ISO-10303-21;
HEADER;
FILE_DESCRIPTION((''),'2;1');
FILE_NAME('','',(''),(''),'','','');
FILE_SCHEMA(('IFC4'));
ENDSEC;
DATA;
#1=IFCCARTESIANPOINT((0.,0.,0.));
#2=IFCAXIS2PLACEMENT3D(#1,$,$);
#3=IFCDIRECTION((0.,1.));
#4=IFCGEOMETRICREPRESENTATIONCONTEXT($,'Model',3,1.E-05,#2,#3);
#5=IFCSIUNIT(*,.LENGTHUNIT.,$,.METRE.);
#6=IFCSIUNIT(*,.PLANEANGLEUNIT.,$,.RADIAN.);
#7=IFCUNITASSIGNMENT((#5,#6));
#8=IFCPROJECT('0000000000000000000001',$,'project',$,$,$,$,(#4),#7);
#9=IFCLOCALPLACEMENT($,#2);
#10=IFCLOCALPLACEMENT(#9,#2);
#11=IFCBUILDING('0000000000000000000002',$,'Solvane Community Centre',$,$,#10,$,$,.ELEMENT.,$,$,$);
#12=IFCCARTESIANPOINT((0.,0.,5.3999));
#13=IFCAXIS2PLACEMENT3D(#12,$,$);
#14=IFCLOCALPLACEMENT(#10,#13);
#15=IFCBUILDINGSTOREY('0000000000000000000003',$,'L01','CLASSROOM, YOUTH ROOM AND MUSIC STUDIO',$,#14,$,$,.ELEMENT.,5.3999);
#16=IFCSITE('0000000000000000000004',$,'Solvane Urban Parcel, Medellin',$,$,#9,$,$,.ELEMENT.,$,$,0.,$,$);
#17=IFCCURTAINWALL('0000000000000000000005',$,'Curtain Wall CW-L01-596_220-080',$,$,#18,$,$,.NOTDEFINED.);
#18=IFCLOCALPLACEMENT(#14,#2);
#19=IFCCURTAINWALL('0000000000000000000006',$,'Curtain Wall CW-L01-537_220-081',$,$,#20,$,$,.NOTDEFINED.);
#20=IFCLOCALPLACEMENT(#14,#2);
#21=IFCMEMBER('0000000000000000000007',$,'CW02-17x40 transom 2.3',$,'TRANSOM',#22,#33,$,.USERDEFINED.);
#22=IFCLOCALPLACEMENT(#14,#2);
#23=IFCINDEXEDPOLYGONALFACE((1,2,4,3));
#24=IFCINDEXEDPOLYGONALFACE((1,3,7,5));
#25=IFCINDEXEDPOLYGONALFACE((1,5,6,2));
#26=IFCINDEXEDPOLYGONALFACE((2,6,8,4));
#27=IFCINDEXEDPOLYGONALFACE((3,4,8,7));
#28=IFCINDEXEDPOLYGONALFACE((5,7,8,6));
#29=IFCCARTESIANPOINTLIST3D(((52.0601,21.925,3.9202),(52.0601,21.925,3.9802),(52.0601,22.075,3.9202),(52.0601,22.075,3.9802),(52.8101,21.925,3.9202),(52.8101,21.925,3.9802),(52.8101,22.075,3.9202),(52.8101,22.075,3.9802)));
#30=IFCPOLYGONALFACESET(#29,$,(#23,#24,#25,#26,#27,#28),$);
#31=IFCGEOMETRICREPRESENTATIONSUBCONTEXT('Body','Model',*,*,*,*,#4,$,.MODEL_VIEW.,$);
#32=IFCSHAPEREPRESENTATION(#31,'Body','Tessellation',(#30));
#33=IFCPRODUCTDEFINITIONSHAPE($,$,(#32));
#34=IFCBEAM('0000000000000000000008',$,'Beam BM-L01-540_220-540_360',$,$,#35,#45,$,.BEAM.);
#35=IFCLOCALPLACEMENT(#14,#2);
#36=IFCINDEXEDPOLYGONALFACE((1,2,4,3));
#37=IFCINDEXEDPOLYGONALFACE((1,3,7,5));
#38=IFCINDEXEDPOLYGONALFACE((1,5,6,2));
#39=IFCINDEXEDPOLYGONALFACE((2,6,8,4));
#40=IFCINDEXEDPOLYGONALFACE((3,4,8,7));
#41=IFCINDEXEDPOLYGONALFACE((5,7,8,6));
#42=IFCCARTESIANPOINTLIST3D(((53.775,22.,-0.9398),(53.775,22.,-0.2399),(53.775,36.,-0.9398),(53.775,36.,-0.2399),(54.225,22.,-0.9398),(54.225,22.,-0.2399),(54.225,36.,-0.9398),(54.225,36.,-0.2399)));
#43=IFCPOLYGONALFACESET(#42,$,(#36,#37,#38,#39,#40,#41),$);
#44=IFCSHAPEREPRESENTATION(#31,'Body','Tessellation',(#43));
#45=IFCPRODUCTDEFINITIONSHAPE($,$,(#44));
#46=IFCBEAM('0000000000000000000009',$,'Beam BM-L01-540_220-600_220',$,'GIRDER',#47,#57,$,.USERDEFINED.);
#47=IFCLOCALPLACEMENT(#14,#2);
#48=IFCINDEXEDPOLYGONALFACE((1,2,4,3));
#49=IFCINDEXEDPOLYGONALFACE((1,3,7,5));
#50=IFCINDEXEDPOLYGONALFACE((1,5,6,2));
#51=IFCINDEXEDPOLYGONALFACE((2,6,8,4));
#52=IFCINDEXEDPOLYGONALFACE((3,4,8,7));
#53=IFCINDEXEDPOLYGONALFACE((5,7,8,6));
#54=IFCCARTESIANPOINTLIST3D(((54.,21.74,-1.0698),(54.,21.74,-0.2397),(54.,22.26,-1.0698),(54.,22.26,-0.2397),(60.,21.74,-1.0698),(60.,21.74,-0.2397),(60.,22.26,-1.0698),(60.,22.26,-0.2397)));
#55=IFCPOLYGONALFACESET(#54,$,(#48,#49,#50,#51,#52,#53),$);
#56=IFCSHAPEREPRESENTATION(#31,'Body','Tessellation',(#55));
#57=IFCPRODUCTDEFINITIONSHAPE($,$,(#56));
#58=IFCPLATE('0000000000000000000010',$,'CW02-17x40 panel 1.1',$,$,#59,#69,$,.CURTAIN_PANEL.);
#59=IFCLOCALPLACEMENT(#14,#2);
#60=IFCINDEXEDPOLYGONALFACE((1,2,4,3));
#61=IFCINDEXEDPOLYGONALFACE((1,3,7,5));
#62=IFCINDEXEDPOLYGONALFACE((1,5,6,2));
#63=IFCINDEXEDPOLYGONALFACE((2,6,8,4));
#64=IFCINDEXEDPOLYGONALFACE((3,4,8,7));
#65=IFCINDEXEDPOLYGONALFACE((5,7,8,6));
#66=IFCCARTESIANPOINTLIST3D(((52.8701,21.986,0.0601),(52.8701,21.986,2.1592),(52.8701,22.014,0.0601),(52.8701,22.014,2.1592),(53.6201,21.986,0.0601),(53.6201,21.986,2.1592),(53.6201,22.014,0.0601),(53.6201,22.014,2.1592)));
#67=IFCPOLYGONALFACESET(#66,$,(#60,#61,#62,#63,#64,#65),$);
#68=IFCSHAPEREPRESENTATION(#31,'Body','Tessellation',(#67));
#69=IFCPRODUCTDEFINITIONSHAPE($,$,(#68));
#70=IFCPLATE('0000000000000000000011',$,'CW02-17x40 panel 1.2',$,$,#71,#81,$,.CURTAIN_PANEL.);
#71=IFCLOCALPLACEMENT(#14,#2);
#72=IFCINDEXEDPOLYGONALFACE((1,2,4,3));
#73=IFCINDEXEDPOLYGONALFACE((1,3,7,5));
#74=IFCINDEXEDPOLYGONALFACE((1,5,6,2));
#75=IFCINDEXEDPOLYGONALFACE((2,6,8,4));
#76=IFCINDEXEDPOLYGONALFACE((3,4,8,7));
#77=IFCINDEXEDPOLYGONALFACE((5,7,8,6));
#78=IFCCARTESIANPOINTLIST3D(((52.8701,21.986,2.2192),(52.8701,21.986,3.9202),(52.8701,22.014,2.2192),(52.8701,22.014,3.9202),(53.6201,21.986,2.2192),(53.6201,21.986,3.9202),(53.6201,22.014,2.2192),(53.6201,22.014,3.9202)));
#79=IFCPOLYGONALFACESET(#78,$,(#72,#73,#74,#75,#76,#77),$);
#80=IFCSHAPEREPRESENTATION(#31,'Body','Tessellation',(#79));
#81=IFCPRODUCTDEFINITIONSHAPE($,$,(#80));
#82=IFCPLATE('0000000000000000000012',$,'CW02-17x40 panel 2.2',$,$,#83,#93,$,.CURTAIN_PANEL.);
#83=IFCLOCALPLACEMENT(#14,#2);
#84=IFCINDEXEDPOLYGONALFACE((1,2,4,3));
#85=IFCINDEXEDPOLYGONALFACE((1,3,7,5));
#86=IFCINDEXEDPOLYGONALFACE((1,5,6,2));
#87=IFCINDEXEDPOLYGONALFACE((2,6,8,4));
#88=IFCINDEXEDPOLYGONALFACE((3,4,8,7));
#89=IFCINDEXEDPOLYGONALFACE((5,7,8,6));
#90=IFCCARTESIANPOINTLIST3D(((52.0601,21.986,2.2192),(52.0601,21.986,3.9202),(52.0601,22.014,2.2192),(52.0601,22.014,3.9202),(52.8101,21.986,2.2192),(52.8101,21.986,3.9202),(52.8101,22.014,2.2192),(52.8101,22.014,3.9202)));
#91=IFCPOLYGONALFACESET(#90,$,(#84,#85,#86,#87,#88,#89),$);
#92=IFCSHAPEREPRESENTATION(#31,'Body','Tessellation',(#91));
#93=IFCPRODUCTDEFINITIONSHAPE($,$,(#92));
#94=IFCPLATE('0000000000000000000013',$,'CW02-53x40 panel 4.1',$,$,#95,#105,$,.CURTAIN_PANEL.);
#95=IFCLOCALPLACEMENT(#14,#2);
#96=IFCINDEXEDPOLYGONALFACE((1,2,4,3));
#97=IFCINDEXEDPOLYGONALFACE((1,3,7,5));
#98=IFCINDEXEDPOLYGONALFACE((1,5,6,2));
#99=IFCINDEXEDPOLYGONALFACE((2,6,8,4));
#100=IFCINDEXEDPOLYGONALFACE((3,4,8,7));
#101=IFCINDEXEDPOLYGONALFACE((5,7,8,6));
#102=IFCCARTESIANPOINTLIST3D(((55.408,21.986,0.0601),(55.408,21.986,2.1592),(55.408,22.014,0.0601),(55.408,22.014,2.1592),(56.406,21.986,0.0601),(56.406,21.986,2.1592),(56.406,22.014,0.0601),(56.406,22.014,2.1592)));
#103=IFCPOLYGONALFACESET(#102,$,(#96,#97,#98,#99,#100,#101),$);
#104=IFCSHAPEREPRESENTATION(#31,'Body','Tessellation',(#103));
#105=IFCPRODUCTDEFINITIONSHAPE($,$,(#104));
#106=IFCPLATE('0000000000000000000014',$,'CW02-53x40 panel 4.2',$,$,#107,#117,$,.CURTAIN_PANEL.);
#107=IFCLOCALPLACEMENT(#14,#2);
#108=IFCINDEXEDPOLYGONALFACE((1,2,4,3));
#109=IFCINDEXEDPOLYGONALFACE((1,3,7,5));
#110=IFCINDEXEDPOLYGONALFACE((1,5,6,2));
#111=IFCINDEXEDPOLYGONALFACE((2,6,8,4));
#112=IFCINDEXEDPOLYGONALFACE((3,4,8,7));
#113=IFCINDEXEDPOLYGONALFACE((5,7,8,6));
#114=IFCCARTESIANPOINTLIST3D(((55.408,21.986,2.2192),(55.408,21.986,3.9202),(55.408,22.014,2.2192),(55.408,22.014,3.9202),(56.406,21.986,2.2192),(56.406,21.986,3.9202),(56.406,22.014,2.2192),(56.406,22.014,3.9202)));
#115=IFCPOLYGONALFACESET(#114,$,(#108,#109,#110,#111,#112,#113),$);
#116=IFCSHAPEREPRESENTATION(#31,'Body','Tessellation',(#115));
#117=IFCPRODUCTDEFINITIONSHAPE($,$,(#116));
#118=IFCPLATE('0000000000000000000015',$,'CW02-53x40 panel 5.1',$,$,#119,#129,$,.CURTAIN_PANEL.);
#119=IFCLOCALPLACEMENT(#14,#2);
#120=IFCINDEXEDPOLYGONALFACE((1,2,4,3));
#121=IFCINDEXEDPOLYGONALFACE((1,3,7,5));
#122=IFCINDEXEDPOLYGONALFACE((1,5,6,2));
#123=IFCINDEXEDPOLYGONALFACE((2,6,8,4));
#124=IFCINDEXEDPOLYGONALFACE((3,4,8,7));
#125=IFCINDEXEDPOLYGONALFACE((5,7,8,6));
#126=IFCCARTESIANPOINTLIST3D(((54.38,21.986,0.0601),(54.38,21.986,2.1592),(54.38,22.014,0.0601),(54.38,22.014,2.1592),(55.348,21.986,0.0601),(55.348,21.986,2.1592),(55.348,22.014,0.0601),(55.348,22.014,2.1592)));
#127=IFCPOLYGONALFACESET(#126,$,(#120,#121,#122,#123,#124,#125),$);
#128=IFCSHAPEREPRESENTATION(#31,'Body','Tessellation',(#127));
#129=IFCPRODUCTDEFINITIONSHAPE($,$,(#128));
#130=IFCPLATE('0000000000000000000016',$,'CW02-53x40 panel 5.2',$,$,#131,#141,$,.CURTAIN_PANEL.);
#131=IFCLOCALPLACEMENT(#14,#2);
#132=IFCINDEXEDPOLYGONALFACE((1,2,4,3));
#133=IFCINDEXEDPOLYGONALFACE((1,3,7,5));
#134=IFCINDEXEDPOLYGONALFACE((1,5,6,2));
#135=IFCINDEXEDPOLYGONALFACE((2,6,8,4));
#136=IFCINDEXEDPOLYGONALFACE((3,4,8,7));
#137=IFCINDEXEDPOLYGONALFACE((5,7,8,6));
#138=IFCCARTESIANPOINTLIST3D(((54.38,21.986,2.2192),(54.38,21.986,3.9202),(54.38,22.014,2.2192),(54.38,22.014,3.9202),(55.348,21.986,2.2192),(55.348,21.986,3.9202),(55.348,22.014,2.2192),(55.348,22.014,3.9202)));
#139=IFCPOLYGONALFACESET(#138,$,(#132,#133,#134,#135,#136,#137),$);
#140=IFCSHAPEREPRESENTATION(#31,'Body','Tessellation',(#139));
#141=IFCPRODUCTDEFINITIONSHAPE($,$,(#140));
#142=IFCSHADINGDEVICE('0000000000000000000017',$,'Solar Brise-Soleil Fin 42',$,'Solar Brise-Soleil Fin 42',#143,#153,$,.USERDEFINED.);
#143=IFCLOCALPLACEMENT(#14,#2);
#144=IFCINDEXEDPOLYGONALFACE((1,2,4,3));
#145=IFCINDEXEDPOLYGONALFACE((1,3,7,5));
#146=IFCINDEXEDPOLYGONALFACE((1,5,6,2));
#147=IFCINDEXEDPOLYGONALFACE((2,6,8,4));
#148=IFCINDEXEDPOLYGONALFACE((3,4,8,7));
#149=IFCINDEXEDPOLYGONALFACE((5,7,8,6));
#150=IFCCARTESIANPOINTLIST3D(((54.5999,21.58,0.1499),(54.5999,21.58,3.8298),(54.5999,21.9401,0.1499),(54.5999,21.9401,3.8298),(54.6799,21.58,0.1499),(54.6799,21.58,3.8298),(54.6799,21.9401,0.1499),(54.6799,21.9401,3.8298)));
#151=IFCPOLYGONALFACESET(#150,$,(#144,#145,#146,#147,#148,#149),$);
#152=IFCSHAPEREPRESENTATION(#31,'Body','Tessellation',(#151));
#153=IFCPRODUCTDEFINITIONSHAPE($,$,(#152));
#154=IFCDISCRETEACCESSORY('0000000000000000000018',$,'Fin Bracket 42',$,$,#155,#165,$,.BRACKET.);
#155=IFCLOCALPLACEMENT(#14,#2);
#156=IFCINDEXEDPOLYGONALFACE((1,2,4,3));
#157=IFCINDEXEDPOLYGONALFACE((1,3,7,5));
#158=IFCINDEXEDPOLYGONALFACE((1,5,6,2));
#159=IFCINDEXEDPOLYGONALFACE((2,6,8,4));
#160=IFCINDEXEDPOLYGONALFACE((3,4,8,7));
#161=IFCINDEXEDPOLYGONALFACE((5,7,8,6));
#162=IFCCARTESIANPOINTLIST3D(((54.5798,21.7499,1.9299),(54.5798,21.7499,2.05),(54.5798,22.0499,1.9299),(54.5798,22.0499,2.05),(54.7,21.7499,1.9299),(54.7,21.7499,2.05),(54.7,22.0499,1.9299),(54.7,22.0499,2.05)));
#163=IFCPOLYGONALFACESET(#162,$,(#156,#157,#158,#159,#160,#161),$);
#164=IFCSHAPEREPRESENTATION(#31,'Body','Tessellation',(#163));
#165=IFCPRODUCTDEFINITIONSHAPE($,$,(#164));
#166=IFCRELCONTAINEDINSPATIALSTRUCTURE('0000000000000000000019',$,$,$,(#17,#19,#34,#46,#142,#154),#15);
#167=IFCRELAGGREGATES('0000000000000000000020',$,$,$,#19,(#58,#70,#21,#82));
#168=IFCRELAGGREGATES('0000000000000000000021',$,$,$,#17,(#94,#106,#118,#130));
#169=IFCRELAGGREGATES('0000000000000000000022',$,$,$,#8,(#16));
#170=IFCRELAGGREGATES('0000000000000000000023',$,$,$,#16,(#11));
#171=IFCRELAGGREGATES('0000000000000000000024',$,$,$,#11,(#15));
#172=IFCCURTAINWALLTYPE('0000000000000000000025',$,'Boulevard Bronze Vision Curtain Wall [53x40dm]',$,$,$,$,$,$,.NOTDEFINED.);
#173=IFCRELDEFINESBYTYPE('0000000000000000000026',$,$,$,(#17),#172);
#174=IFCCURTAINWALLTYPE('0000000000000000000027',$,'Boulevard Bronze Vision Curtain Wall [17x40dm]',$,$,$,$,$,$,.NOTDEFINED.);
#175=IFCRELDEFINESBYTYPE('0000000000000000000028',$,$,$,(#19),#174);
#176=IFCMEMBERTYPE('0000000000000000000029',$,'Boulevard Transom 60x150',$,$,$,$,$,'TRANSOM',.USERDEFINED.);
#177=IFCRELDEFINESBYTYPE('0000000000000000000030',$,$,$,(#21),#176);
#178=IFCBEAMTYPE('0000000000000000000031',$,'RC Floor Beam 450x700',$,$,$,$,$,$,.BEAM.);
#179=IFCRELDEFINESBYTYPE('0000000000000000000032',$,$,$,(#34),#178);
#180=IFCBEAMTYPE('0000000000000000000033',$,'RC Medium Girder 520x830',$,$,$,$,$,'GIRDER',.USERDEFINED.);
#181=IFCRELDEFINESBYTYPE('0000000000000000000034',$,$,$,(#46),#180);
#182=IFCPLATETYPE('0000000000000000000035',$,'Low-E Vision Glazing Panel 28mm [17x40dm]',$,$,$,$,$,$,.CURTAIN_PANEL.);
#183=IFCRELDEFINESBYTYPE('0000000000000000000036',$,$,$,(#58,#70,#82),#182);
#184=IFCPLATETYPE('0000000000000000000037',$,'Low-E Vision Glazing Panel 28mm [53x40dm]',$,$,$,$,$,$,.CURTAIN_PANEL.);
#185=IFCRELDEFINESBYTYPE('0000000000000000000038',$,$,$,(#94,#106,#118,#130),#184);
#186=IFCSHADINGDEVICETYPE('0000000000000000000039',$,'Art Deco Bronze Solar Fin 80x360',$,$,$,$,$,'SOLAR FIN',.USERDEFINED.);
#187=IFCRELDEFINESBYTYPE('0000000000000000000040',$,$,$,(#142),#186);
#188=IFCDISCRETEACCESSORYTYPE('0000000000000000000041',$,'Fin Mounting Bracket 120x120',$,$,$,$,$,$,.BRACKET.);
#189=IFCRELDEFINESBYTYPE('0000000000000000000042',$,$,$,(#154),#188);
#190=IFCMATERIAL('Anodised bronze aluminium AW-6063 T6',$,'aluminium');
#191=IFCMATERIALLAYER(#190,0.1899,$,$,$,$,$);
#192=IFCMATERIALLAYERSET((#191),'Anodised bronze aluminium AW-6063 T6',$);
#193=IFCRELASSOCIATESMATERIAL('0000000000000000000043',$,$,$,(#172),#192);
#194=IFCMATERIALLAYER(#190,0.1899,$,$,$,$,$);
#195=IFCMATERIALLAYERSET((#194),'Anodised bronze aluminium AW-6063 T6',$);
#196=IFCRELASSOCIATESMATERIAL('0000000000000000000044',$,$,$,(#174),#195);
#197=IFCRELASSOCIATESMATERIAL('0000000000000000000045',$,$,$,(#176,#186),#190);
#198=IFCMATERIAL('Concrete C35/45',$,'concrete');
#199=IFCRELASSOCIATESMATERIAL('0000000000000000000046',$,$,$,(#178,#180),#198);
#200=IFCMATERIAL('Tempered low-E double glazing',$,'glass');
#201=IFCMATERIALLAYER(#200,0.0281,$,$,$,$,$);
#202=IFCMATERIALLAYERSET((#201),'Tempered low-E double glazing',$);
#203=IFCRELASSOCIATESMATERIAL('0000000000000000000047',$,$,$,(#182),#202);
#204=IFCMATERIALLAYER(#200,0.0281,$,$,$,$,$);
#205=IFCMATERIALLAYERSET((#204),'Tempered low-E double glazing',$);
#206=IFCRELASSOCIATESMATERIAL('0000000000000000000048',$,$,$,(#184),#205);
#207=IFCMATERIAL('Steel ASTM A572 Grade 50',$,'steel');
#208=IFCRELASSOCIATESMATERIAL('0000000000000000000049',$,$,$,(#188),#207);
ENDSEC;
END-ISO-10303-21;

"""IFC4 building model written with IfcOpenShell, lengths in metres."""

from ifc_helpers import new_model, si_unit, direction, frame, origin, origin_2d, place, context, subcontext, project, spatial, rectangle, extrude, material, layer, layer_set, material_profile, profile_set, type_object, element, aggregate, save


model = new_model("IFC4")

# Units and contexts
model_context = context("Model", 3, precision=1e-05, world=origin(), true_north=direction((0.0, 1.0)))
body_context = subcontext(model_context, "Body", "Model", "MODEL_VIEW")
ifc_project = project(units=[si_unit("LENGTHUNIT", "METRE"), si_unit("PLANEANGLEUNIT", "RADIAN")], contexts=[model_context])

# Site, building, storey
site_placement = place(None, origin())
site = spatial("IfcSite", under=ifc_project, at=site_placement, Name="Solvane Urban Parcel, Medellin", CompositionType="ELEMENT", RefElevation=0.0)
building_placement = place(site_placement, origin())
building = spatial("IfcBuilding", under=site, at=building_placement, Name="Solvane Community Centre", CompositionType="ELEMENT")
storey_placement = place(building_placement, frame((0.0, 0.0, 5.3999)))
storey = spatial("IfcBuildingStorey", under=building, at=storey_placement, Name="L01", Description="CLASSROOM, YOUTH ROOM AND MUSIC STUDIO", CompositionType="ELEMENT", Elevation=5.3999)

# Shared definitions
ifc_material_1 = material(Name="Concrete C35/45", Category="concrete")

# Curtain walls
ifc_material_2 = material(Name="Anodised bronze aluminium AW-6063 T6", Category="aluminium")
ifc_layer_1 = layer(ifc_material_2, 0.1899)
ifc_layer_set_1 = layer_set([ifc_layer_1], Name="Anodised bronze aluminium AW-6063 T6")
curtain_wall_type_1 = type_object("IfcCurtainWallType", Name="Boulevard Bronze Vision Curtain Wall [53x40dm]", PredefinedType="NOTDEFINED", material=ifc_layer_set_1)
curtain_wall_1_placement = place(storey_placement, origin())
curtain_wall_1 = element("IfcCurtainWall", 1, at=curtain_wall_1_placement, inside=storey, type_object=curtain_wall_type_1, Name="Curtain Wall CW-L01-596_220-080", PredefinedType="NOTDEFINED")
ifc_layer_2 = layer(ifc_material_2, 0.1899)
ifc_layer_set_2 = layer_set([ifc_layer_2], Name="Anodised bronze aluminium AW-6063 T6")
curtain_wall_type_2 = type_object("IfcCurtainWallType", Name="Boulevard Bronze Vision Curtain Wall [17x40dm]", PredefinedType="NOTDEFINED", material=ifc_layer_set_2)
curtain_wall_2_placement = place(storey_placement, origin())
curtain_wall_2 = element("IfcCurtainWall", 2, at=curtain_wall_2_placement, inside=storey, type_object=curtain_wall_type_2, Name="Curtain Wall CW-L01-537_220-081", PredefinedType="NOTDEFINED")

# Member
ifc_material_profile_1 = material_profile(ifc_material_2, rectangle(XDim=0.1499, YDim=0.0601, at=origin_2d()), Name="CW-T 60x150")
ifc_profile_set_1 = profile_set([ifc_material_profile_1], Name="Anodised bronze aluminium AW-6063 T6")
member_type_1 = type_object("IfcMemberType", Name="Boulevard Transom 60x150", ElementType="TRANSOM", PredefinedType="USERDEFINED", material=ifc_profile_set_1)
member_1_placement = place(storey_placement, frame((52.8101, 22.0, 3.9502), z_axis=(-1.0, 0.0, 0.0), x_axis=(0.0, -1.0, 0.0)))
member_1 = element("IfcMember", 3, at=member_1_placement, type_object=member_type_1, Name="CW02-17x40 transom 2.3", ObjectType="TRANSOM", PredefinedType="USERDEFINED", context=body_context, shape_type="SweptSolid", body=[
    extrude(rectangle(XDim=0.1499, YDim=0.0601, at=origin_2d()), origin(), (0.0, 0.0, 1.0), 0.75),
])

# Beams
ifc_material_profile_2 = material_profile(ifc_material_1, rectangle(XDim=0.45, YDim=0.7, at=origin_2d()), Name="RC 450x700")
ifc_profile_set_2 = profile_set([ifc_material_profile_2], Name="Concrete C35/45")
beam_type_1 = type_object("IfcBeamType", Name="RC Floor Beam 450x700", PredefinedType="BEAM", material=ifc_profile_set_2)
beam_1_placement = place(storey_placement, frame((54.0, 22.0, -0.5898), z_axis=(0.0, 1.0, 0.0), x_axis=(-1.0, 0.0, 0.0)))
element("IfcBeam", 4, at=beam_1_placement, inside=storey, type_object=beam_type_1, Name="Beam BM-L01-540_220-540_360", PredefinedType="BEAM", context=body_context, shape_type="SweptSolid", body=[
    extrude(rectangle(XDim=0.45, YDim=0.7, at=origin_2d()), origin(), (0.0, 0.0, 1.0), 14.0),
])
ifc_material_profile_3 = material_profile(ifc_material_1, rectangle(XDim=0.52, YDim=0.8301, at=origin_2d()), Name="RC 520x830")
ifc_profile_set_3 = profile_set([ifc_material_profile_3], Name="Concrete C35/45")
beam_type_2 = type_object("IfcBeamType", Name="RC Medium Girder 520x830", ElementType="GIRDER", PredefinedType="USERDEFINED", material=ifc_profile_set_3)
beam_2_placement = place(storey_placement, frame((54.0, 22.0, -0.6548), z_axis=(1.0, 0.0, 0.0), x_axis=(0.0, 1.0, 0.0)))
element("IfcBeam", 5, at=beam_2_placement, inside=storey, type_object=beam_type_2, Name="Beam BM-L01-540_220-600_220", ObjectType="GIRDER", PredefinedType="USERDEFINED", context=body_context, shape_type="SweptSolid", body=[
    extrude(rectangle(XDim=0.52, YDim=0.8301, at=origin_2d()), origin(), (0.0, 0.0, 1.0), 6.0),
])

# Plates
ifc_material_3 = material(Name="Tempered low-E double glazing", Category="glass")
ifc_layer_3 = layer(ifc_material_3, 0.0281)
ifc_layer_set_3 = layer_set([ifc_layer_3], Name="Tempered low-E double glazing")
plate_type_1 = type_object("IfcPlateType", Name="Low-E Vision Glazing Panel 28mm [17x40dm]", PredefinedType="CURTAIN_PANEL", material=ifc_layer_set_3)
plate_1_placement = place(storey_placement, frame((53.2451, 22.0, 0.0601), z_axis=(0.0, 0.0, 1.0), x_axis=(-1.0, 0.0, 0.0)))
plate_1 = element("IfcPlate", 6, at=plate_1_placement, type_object=plate_type_1, Name="CW02-17x40 panel 1.1", PredefinedType="CURTAIN_PANEL", context=body_context, shape_type="SweptSolid", body=[
    extrude(rectangle(XDim=0.75, YDim=0.0281, at=origin_2d()), origin(), (0.0, 0.0, 1.0), 2.0991),
])
plate_2_placement = place(storey_placement, frame((53.2451, 22.0, 2.2192), z_axis=(0.0, 0.0, 1.0), x_axis=(-1.0, 0.0, 0.0)))
plate_2 = element("IfcPlate", 7, at=plate_2_placement, type_object=plate_type_1, Name="CW02-17x40 panel 1.2", PredefinedType="CURTAIN_PANEL", context=body_context, shape_type="SweptSolid", body=[
    extrude(rectangle(XDim=0.75, YDim=0.0281, at=origin_2d()), origin(), (0.0, 0.0, 1.0), 1.7009),
])
plate_3_placement = place(storey_placement, frame((52.4351, 22.0, 2.2192), z_axis=(0.0, 0.0, 1.0), x_axis=(-1.0, 0.0, 0.0)))
plate_3 = element("IfcPlate", 8, at=plate_3_placement, type_object=plate_type_1, Name="CW02-17x40 panel 2.2", PredefinedType="CURTAIN_PANEL", context=body_context, shape_type="SweptSolid", body=[
    extrude(rectangle(XDim=0.75, YDim=0.0281, at=origin_2d()), origin(), (0.0, 0.0, 1.0), 1.7009),
])
aggregate(curtain_wall_2, [plate_1, plate_2, member_1, plate_3])
ifc_layer_4 = layer(ifc_material_3, 0.0281)
ifc_layer_set_4 = layer_set([ifc_layer_4], Name="Tempered low-E double glazing")
plate_type_2 = type_object("IfcPlateType", Name="Low-E Vision Glazing Panel 28mm [53x40dm]", PredefinedType="CURTAIN_PANEL", material=ifc_layer_set_4)
plate_4_placement = place(storey_placement, frame((55.907, 22.0, 0.0601), z_axis=(0.0, 0.0, 1.0), x_axis=(-1.0, 0.0, 0.0)))
plate_4 = element("IfcPlate", 9, at=plate_4_placement, type_object=plate_type_2, Name="CW02-53x40 panel 4.1", PredefinedType="CURTAIN_PANEL", context=body_context, shape_type="SweptSolid", body=[
    extrude(rectangle(XDim=0.998, YDim=0.0281, at=origin_2d()), origin(), (0.0, 0.0, 1.0), 2.0991),
])
plate_5_placement = place(storey_placement, frame((55.907, 22.0, 2.2192), z_axis=(0.0, 0.0, 1.0), x_axis=(-1.0, 0.0, 0.0)))
plate_5 = element("IfcPlate", 10, at=plate_5_placement, type_object=plate_type_2, Name="CW02-53x40 panel 4.2", PredefinedType="CURTAIN_PANEL", context=body_context, shape_type="SweptSolid", body=[
    extrude(rectangle(XDim=0.998, YDim=0.0281, at=origin_2d()), origin(), (0.0, 0.0, 1.0), 1.7009),
])
plate_6_placement = place(storey_placement, frame((54.864, 22.0, 0.0601), z_axis=(0.0, 0.0, 1.0), x_axis=(-1.0, 0.0, 0.0)))
plate_6 = element("IfcPlate", 11, at=plate_6_placement, type_object=plate_type_2, Name="CW02-53x40 panel 5.1", PredefinedType="CURTAIN_PANEL", context=body_context, shape_type="SweptSolid", body=[
    extrude(rectangle(XDim=0.968, YDim=0.0281, at=origin_2d()), origin(), (0.0, 0.0, 1.0), 2.0991),
])
plate_7_placement = place(storey_placement, frame((54.864, 22.0, 2.2192), z_axis=(0.0, 0.0, 1.0), x_axis=(-1.0, 0.0, 0.0)))
plate_7 = element("IfcPlate", 12, at=plate_7_placement, type_object=plate_type_2, Name="CW02-53x40 panel 5.2", PredefinedType="CURTAIN_PANEL", context=body_context, shape_type="SweptSolid", body=[
    extrude(rectangle(XDim=0.968, YDim=0.0281, at=origin_2d()), origin(), (0.0, 0.0, 1.0), 1.7009),
])
aggregate(curtain_wall_1, [plate_4, plate_5, plate_6, plate_7])

# Shading device
shading_device_type = type_object("IfcShadingDeviceType", Name="Art Deco Bronze Solar Fin 80x360", ElementType="SOLAR FIN", PredefinedType="USERDEFINED", material=ifc_material_2)
shading_device_placement = place(storey_placement, frame((54.6399, 21.76, 0.1499), z_axis=(0.0, 0.0, 1.0), x_axis=(-1.0, 0.0, 0.0)))
element("IfcShadingDevice", 13, at=shading_device_placement, inside=storey, type_object=shading_device_type, Name="Solar Brise-Soleil Fin 42", ObjectType="Solar Brise-Soleil Fin 42", PredefinedType="USERDEFINED", context=body_context, shape_type="SweptSolid", body=[
    extrude(rectangle(XDim=0.0801, YDim=0.3601, at=origin_2d()), origin(), (0.0, 0.0, 1.0), 3.6799),
])

# Discrete accessory
ifc_material_4 = material(Name="Steel ASTM A572 Grade 50", Category="steel")
discrete_accessory_type = type_object("IfcDiscreteAccessoryType", Name="Fin Mounting Bracket 120x120", PredefinedType="BRACKET", material=ifc_material_4)
discrete_accessory_placement = place(storey_placement, frame((54.6399, 21.8999, 1.9299), z_axis=(0.0, 0.0, 1.0), x_axis=(-1.0, 0.0, 0.0)))
element("IfcDiscreteAccessory", 14, at=discrete_accessory_placement, inside=storey, type_object=discrete_accessory_type, Name="Fin Bracket 42", PredefinedType="BRACKET", context=body_context, shape_type="SweptSolid", body=[
    extrude(rectangle(XDim=0.1201, YDim=0.3, at=origin_2d()), origin(), (0.0, 0.0, 1.0), 0.1201),
])

save(model, "model.ifc")
